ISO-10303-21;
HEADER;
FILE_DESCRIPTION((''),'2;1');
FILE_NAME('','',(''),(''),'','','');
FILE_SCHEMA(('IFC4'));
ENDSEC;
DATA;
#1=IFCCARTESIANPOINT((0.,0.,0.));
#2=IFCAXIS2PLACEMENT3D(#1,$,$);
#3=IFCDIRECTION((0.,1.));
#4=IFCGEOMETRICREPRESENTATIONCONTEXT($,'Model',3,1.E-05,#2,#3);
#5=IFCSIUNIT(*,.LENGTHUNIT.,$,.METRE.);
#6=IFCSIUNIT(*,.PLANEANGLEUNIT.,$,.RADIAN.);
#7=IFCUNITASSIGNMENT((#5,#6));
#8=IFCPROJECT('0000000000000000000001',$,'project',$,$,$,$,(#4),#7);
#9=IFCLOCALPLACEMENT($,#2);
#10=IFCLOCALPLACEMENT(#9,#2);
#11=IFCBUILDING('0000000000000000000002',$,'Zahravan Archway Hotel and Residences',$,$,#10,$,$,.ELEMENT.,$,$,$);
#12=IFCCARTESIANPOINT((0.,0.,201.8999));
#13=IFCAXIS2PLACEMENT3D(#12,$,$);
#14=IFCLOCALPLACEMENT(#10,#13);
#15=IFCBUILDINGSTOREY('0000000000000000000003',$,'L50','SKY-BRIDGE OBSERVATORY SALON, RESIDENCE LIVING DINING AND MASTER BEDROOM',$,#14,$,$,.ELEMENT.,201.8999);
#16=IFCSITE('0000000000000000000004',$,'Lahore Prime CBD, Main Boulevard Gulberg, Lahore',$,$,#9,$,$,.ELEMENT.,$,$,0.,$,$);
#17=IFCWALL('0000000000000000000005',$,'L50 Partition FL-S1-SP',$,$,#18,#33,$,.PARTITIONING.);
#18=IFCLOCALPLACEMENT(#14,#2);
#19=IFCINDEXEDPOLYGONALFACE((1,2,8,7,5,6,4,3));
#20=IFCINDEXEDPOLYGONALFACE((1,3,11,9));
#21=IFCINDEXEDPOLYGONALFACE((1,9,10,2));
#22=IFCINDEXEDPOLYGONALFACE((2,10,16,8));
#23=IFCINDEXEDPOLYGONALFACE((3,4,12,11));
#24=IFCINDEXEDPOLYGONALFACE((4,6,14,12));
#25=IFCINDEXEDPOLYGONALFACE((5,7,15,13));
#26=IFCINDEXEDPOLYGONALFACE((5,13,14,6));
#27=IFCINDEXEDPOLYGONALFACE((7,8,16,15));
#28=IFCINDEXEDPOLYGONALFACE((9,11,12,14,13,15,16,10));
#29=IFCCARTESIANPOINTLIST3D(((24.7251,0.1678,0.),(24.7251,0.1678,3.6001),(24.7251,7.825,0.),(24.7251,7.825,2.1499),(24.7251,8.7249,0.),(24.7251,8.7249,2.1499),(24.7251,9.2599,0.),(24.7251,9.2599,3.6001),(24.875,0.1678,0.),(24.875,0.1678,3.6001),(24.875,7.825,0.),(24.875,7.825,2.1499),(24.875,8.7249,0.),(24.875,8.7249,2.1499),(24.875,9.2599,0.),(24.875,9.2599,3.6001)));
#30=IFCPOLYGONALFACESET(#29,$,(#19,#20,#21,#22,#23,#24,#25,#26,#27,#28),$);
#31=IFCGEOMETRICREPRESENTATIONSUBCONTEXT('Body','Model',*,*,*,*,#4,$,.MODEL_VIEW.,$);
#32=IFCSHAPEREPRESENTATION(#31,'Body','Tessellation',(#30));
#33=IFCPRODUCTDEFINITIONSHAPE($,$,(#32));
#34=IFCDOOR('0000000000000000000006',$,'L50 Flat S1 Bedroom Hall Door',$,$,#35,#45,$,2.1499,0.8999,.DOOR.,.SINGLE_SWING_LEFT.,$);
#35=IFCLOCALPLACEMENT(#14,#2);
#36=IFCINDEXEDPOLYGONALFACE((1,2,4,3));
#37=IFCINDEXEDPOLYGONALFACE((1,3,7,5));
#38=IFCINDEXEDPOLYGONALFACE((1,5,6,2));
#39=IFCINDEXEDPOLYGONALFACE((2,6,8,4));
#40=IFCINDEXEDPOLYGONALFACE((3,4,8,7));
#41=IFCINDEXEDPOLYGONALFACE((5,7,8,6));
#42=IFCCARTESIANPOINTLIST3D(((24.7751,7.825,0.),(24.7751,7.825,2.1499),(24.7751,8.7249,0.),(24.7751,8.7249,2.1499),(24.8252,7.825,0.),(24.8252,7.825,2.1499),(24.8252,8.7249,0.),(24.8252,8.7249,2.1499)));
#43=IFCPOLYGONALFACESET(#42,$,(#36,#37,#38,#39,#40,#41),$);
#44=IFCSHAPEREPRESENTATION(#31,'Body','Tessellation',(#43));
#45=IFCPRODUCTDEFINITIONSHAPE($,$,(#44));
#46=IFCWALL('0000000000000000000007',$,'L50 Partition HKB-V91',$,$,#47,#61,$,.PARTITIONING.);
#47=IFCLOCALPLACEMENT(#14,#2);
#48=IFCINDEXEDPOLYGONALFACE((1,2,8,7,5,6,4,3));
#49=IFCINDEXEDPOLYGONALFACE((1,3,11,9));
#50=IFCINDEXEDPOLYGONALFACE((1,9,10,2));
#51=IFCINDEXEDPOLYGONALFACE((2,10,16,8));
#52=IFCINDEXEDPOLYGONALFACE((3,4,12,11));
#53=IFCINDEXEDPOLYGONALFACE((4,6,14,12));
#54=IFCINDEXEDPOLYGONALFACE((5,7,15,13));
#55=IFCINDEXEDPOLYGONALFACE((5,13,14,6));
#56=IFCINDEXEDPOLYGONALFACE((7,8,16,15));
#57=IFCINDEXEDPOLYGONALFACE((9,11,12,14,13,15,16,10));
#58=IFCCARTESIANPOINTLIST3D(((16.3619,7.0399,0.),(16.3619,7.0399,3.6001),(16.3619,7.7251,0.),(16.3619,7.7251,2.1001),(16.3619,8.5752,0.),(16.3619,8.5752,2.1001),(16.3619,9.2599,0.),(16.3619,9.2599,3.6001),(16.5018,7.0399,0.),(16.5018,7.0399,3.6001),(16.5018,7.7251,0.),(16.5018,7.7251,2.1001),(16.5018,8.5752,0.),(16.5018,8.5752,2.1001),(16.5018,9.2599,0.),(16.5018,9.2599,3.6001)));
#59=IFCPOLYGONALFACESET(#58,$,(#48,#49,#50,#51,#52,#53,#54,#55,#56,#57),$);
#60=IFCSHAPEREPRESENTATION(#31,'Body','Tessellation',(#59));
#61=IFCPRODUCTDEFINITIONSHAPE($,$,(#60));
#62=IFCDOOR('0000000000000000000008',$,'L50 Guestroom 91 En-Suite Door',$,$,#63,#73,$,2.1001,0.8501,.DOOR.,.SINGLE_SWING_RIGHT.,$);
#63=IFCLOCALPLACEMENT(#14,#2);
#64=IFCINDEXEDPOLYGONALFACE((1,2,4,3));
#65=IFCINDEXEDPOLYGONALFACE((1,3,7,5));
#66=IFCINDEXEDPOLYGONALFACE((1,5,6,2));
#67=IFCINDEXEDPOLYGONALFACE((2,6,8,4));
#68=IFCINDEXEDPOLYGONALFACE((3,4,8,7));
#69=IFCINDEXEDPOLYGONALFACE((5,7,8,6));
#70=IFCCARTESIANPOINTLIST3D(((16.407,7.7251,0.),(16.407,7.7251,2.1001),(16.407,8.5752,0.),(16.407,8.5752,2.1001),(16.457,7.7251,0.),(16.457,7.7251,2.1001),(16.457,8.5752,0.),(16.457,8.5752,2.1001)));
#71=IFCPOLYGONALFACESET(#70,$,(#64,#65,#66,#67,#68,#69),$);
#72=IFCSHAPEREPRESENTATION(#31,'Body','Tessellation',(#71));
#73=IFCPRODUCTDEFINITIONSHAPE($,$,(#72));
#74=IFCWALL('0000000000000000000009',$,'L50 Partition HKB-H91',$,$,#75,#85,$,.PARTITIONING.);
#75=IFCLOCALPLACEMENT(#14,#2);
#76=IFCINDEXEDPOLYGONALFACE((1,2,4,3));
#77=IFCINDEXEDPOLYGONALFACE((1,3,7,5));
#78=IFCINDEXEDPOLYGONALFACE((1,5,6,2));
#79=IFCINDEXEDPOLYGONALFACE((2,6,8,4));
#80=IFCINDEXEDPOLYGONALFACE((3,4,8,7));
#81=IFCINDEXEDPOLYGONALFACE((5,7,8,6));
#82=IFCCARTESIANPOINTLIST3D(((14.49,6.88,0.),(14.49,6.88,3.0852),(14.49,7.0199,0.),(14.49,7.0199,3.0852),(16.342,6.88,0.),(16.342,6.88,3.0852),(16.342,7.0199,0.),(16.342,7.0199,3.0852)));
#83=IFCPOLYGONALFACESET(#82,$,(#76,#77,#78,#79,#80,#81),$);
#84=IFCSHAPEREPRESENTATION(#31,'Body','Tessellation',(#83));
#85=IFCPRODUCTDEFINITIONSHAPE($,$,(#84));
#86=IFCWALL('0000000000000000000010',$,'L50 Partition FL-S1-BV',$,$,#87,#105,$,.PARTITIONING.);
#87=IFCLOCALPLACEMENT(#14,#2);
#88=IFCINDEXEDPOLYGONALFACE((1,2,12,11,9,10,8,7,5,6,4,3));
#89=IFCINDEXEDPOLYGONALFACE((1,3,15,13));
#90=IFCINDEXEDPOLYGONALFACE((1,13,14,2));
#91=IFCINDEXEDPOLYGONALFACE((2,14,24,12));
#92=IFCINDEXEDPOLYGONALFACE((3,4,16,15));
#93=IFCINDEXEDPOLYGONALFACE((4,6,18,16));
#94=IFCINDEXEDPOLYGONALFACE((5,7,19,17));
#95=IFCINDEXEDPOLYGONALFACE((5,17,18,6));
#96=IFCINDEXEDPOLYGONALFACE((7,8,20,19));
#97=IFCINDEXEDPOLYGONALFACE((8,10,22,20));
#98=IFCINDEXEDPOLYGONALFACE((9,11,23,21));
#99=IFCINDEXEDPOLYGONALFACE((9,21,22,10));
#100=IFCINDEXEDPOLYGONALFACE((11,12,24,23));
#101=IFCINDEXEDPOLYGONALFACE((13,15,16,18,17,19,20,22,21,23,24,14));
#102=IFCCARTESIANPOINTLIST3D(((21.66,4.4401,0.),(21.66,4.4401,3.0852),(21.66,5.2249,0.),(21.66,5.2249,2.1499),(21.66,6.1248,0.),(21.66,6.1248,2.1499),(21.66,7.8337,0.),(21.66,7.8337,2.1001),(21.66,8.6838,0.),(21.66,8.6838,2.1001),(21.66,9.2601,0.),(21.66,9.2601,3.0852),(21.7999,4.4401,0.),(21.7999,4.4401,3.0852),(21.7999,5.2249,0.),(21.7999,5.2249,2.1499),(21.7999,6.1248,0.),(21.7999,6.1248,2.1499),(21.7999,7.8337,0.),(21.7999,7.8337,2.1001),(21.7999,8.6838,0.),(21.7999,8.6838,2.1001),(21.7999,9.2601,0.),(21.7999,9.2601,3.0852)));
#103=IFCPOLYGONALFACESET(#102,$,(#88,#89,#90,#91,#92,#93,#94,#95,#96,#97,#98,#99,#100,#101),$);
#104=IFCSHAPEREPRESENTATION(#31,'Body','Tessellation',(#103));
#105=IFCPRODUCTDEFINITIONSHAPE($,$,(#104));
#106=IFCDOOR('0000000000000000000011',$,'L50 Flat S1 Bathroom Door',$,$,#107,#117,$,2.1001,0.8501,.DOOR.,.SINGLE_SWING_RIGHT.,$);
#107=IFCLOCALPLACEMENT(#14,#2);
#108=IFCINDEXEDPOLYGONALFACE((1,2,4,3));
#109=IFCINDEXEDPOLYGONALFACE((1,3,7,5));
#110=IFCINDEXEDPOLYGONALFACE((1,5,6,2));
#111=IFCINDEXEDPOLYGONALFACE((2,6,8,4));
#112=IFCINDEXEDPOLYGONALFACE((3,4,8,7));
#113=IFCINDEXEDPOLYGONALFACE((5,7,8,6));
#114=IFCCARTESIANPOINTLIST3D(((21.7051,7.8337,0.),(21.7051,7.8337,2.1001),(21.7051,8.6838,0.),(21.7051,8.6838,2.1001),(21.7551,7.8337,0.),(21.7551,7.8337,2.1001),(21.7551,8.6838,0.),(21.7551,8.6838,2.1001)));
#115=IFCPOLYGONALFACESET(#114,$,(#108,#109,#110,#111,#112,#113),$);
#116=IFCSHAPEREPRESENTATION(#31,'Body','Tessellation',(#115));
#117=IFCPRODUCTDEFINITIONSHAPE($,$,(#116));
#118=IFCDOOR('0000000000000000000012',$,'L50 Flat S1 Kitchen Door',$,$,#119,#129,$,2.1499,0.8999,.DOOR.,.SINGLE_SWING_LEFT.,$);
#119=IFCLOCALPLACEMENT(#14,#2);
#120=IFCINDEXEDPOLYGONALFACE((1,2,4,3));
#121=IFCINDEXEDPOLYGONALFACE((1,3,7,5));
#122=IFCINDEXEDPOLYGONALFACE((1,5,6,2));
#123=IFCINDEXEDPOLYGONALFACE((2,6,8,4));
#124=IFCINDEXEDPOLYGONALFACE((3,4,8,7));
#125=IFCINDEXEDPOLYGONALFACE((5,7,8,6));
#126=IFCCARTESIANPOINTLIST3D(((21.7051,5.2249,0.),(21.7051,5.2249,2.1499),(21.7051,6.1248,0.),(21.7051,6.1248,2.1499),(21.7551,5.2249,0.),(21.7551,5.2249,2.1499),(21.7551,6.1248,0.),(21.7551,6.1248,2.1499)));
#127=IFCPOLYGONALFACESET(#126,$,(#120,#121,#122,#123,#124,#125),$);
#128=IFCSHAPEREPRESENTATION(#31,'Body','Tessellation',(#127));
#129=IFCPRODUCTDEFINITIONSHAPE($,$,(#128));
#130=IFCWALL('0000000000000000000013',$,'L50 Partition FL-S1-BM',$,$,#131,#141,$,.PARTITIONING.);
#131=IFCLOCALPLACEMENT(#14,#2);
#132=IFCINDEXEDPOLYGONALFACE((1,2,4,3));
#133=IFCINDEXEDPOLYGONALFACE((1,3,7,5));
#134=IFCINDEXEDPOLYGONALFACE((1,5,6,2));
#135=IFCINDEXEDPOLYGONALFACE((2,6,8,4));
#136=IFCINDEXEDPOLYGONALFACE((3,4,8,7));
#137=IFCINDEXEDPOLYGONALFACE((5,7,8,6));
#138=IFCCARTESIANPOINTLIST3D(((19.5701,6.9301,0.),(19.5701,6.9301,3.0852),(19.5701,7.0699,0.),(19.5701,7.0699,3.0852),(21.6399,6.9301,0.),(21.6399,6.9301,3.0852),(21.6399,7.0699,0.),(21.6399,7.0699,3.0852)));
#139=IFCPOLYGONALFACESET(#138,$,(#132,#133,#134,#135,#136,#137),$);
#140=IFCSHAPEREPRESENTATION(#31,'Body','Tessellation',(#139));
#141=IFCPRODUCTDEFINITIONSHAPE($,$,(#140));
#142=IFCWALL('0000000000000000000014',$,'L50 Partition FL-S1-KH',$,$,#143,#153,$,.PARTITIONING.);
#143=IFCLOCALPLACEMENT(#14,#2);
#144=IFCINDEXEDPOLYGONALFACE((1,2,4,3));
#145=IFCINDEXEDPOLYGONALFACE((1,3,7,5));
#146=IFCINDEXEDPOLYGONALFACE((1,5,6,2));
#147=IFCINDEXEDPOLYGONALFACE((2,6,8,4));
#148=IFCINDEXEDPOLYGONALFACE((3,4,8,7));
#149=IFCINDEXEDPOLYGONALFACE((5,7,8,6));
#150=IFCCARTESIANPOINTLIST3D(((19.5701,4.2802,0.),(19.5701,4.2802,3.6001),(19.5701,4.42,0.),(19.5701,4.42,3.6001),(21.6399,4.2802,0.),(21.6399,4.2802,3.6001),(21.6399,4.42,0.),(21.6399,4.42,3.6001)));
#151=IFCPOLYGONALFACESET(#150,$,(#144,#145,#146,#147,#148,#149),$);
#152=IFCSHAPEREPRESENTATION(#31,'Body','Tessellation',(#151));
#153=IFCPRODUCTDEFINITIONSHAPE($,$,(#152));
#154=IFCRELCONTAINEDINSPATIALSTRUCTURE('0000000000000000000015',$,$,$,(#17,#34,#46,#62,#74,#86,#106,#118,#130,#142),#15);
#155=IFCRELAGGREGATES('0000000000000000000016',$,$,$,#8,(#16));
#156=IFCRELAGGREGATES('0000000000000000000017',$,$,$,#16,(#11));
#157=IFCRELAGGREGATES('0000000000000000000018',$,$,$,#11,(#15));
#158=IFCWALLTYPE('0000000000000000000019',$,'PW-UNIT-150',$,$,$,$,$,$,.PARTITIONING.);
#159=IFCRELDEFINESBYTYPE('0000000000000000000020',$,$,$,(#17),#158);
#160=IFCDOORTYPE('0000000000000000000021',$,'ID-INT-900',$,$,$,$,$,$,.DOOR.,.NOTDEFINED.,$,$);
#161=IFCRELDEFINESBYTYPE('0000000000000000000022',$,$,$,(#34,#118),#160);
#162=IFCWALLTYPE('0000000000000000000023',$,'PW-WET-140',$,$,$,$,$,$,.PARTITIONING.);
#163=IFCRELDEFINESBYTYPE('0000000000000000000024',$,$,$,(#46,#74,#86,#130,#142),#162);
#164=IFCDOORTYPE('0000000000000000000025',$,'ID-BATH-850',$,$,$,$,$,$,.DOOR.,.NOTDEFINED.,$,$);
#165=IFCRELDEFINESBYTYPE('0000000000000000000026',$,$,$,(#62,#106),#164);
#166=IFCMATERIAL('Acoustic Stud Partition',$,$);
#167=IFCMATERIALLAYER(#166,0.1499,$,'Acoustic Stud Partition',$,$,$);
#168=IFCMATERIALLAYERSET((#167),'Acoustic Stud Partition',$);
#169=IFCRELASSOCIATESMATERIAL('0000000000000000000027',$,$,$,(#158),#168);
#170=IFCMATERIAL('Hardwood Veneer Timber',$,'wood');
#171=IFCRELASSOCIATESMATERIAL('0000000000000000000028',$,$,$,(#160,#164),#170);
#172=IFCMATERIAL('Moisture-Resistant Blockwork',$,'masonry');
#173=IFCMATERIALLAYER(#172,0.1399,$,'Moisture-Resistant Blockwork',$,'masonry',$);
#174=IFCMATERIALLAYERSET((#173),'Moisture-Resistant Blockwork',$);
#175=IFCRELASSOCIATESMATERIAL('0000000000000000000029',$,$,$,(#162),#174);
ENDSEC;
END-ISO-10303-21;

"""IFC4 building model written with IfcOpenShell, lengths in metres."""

from ifc_helpers import new_model, si_unit, direction, frame, frame_2d, origin, place, context, subcontext, project, spatial, rectangle, extrude, source, transform, mapped, material, layer, layer_set, type_object, type_shapes, element, fill, save


model = new_model("IFC4")

# Units and contexts
model_context = context("Model", 3, precision=1e-05, world=origin(), true_north=direction((0.0, 1.0)))
body_context = subcontext(model_context, "Body", "Model", "MODEL_VIEW")
ifc_project = project(units=[si_unit("LENGTHUNIT", "METRE"), si_unit("PLANEANGLEUNIT", "RADIAN")], contexts=[model_context])

# Site, building, storey
site_placement = place(None, origin())
site = spatial("IfcSite", under=ifc_project, at=site_placement, Name="Lahore Prime CBD, Main Boulevard Gulberg, Lahore", CompositionType="ELEMENT", RefElevation=0.0)
building_placement = place(site_placement, origin())
building = spatial("IfcBuilding", under=site, at=building_placement, Name="Zahravan Archway Hotel and Residences", CompositionType="ELEMENT")
storey_placement = place(building_placement, frame((0.0, 0.0, 201.8999)))
storey = spatial("IfcBuildingStorey", under=building, at=storey_placement, Name="L50", Description="SKY-BRIDGE OBSERVATORY SALON, RESIDENCE LIVING DINING AND MASTER BEDROOM", CompositionType="ELEMENT", Elevation=201.8999)

# Shared definitions
ifc_material_1 = material(Name="Hardwood Veneer Timber", Category="wood")

# Walls, openings, doors
ifc_material_2 = material(Name="Acoustic Stud Partition")
ifc_layer_1 = layer(ifc_material_2, 0.1499, Name="Acoustic Stud Partition")
ifc_layer_set_1 = layer_set([ifc_layer_1], Name="Acoustic Stud Partition")
wall_type_1 = type_object("IfcWallType", Name="PW-UNIT-150", PredefinedType="PARTITIONING", material=ifc_layer_set_1)
wall_1_placement = place(storey_placement, frame((24.8, 0.168, 0.0), z_axis=(0.0, 0.0, 1.0), x_axis=(0.0, 1.0, 0.0)))
wall_1 = element("IfcWall", 1, at=wall_1_placement, inside=storey, type_object=wall_type_1, Name="L50 Partition FL-S1-SP", PredefinedType="PARTITIONING", context=body_context, shape_type="SweptSolid", body=[
    extrude(rectangle(XDim=9.092, YDim=0.1499, at=frame_2d((4.5459, 0.0))), origin(), (0.0, 0.0, 1.0), 3.6001),
])
opening_1_placement = place(wall_1_placement, frame((7.657, 0.0, 0.0)))
opening_1 = element("IfcOpeningElement", 2, at=opening_1_placement, cuts=wall_1, PredefinedType="OPENING", context=body_context, shape_type="SweptSolid", body=[
    extrude(rectangle(XDim=0.8999, YDim=2.1499, at=frame_2d((0.45, 1.075))), frame((0.0, 0.085, 0.0), z_axis=(0.0, -1.0, 0.0), x_axis=(1.0, 0.0, 0.0)), (0.0, 0.0, 1.0), 0.1699),
])
door_type_1 = type_object("IfcDoorType", Name="ID-INT-900", OperationType="NOTDEFINED", PredefinedType="DOOR", material=ifc_material_1)
shared_shape_1 = source(origin(), body_context, "Body", "SweptSolid", [
    extrude(rectangle(XDim=0.8999, YDim=2.1499, at=frame_2d((0.45, 1.075))), frame((0.0, 0.0249, 0.0), z_axis=(0.0, -1.0, 0.0), x_axis=(1.0, 0.0, 0.0)), (0.0, 0.0, 1.0), 0.05),
])
type_shapes(door_type_1, [shared_shape_1])
door_1_placement = place(opening_1_placement, origin())
door_1 = element("IfcDoor", 3, at=door_1_placement, inside=storey, type_object=door_type_1, Name="L50 Flat S1 Bedroom Hall Door", OperationType="SINGLE_SWING_LEFT", OverallHeight=2.1499, OverallWidth=0.8999, PredefinedType="DOOR", context=body_context, shape_type="MappedRepresentation", body=[
    mapped(shared_shape_1, transform((0.0, 0.0, 0.0), scale=1.0)),
])
fill(opening_1, door_1)
ifc_material_3 = material(Name="Moisture-Resistant Blockwork", Category="masonry")
ifc_layer_2 = layer(ifc_material_3, 0.1399, Name="Moisture-Resistant Blockwork", Category="masonry")
ifc_layer_set_2 = layer_set([ifc_layer_2], Name="Moisture-Resistant Blockwork")
wall_type_2 = type_object("IfcWallType", Name="PW-WET-140", PredefinedType="PARTITIONING", material=ifc_layer_set_2)
wall_2_placement = place(storey_placement, frame((16.4319, 7.04, 0.0), z_axis=(0.0, 0.0, 1.0), x_axis=(0.0, 1.0, 0.0)))
wall_2 = element("IfcWall", 4, at=wall_2_placement, inside=storey, type_object=wall_type_2, Name="L50 Partition HKB-V91", PredefinedType="PARTITIONING", context=body_context, shape_type="SweptSolid", body=[
    extrude(rectangle(XDim=2.22, YDim=0.1399, at=frame_2d((1.1099, 0.0))), origin(), (0.0, 0.0, 1.0), 3.6001),
])
opening_2_placement = place(wall_2_placement, frame((0.6851, 0.0, 0.0)))
opening_2 = element("IfcOpeningElement", 5, at=opening_2_placement, cuts=wall_2, PredefinedType="OPENING", context=body_context, shape_type="SweptSolid", body=[
    extrude(rectangle(XDim=0.8501, YDim=2.1001, at=frame_2d((0.425, 1.05))), frame((0.0, 0.0801, 0.0), z_axis=(0.0, -1.0, 0.0), x_axis=(1.0, 0.0, 0.0)), (0.0, 0.0, 1.0), 0.1599),
])
door_type_2 = type_object("IfcDoorType", Name="ID-BATH-850", OperationType="NOTDEFINED", PredefinedType="DOOR", material=ifc_material_1)
shared_shape_2 = source(origin(), body_context, "Body", "SweptSolid", [
    extrude(rectangle(XDim=0.8501, YDim=2.1001, at=frame_2d((0.425, 1.05))), frame((0.0, 0.0249, 0.0), z_axis=(0.0, -1.0, 0.0), x_axis=(1.0, 0.0, 0.0)), (0.0, 0.0, 1.0), 0.05),
])
type_shapes(door_type_2, [shared_shape_2])
door_2_placement = place(opening_2_placement, origin())
door_2 = element("IfcDoor", 6, at=door_2_placement, inside=storey, type_object=door_type_2, Name="L50 Guestroom 91 En-Suite Door", OperationType="SINGLE_SWING_RIGHT", OverallHeight=2.1001, OverallWidth=0.8501, PredefinedType="DOOR", context=body_context, shape_type="MappedRepresentation", body=[
    mapped(shared_shape_2, transform((0.0, 0.0, 0.0), scale=1.0)),
])
fill(opening_2, door_2)

# Wall
wall_3_placement = place(storey_placement, frame((14.49, 6.95, 0.0), z_axis=(0.0, 0.0, 1.0), x_axis=(1.0, 0.0, 0.0)))
element("IfcWall", 7, at=wall_3_placement, inside=storey, type_object=wall_type_2, Name="L50 Partition HKB-H91", PredefinedType="PARTITIONING", context=body_context, shape_type="SweptSolid", body=[
    extrude(rectangle(XDim=1.8521, YDim=0.1399, at=frame_2d((0.926, 0.0))), origin(), (0.0, 0.0, 1.0), 3.0852),
])

# Wall, openings, doors
wall_4_placement = place(storey_placement, frame((21.73, 4.4399, 0.0), z_axis=(0.0, 0.0, 1.0), x_axis=(0.0, 1.0, 0.0)))
wall_4 = element("IfcWall", 8, at=wall_4_placement, inside=storey, type_object=wall_type_2, Name="L50 Partition FL-S1-BV", PredefinedType="PARTITIONING", context=body_context, shape_type="SweptSolid", body=[
    extrude(rectangle(XDim=4.8201, YDim=0.1399, at=frame_2d((2.4102, 0.0))), origin(), (0.0, 0.0, 1.0), 3.0852),
])
opening_3_placement = place(wall_4_placement, frame((0.7849, 0.0, 0.0)))
opening_3 = element("IfcOpeningElement", 9, at=opening_3_placement, cuts=wall_4, PredefinedType="OPENING", context=body_context, shape_type="SweptSolid", body=[
    extrude(rectangle(XDim=0.8999, YDim=2.1499, at=frame_2d((0.45, 1.075))), frame((0.0, 0.0801, 0.0), z_axis=(0.0, -1.0, 0.0), x_axis=(1.0, 0.0, 0.0)), (0.0, 0.0, 1.0), 0.1599),
])
opening_4_placement = place(wall_4_placement, frame((3.3938, 0.0, 0.0)))
opening_4 = element("IfcOpeningElement", 10, at=opening_4_placement, cuts=wall_4, PredefinedType="OPENING", context=body_context, shape_type="SweptSolid", body=[
    extrude(rectangle(XDim=0.8501, YDim=2.1001, at=frame_2d((0.425, 1.05))), frame((0.0, 0.0801, 0.0), z_axis=(0.0, -1.0, 0.0), x_axis=(1.0, 0.0, 0.0)), (0.0, 0.0, 1.0), 0.1599),
])
door_3_placement = place(opening_4_placement, origin())
door_3 = element("IfcDoor", 11, at=door_3_placement, inside=storey, type_object=door_type_2, Name="L50 Flat S1 Bathroom Door", OperationType="SINGLE_SWING_RIGHT", OverallHeight=2.1001, OverallWidth=0.8501, PredefinedType="DOOR", context=body_context, shape_type="MappedRepresentation", body=[
    mapped(shared_shape_2, transform((0.0, 0.0, 0.0), scale=1.0)),
])
fill(opening_4, door_3)
door_4_placement = place(opening_3_placement, origin())
door_4 = element("IfcDoor", 12, at=door_4_placement, inside=storey, type_object=door_type_1, Name="L50 Flat S1 Kitchen Door", OperationType="SINGLE_SWING_LEFT", OverallHeight=2.1499, OverallWidth=0.8999, PredefinedType="DOOR", context=body_context, shape_type="MappedRepresentation", body=[
    mapped(shared_shape_1, transform((0.0, 0.0, 0.0), scale=1.0)),
])
fill(opening_3, door_4)

# Walls
wall_5_placement = place(storey_placement, frame((19.5701, 7.0, 0.0), z_axis=(0.0, 0.0, 1.0), x_axis=(1.0, 0.0, 0.0)))
element("IfcWall", 13, at=wall_5_placement, inside=storey, type_object=wall_type_2, Name="L50 Partition FL-S1-BM", PredefinedType="PARTITIONING", context=body_context, shape_type="SweptSolid", body=[
    extrude(rectangle(XDim=2.0698, YDim=0.1399, at=frame_2d((1.0349, 0.0))), origin(), (0.0, 0.0, 1.0), 3.0852),
])
wall_6_placement = place(storey_placement, frame((19.5701, 4.3501, 0.0), z_axis=(0.0, 0.0, 1.0), x_axis=(1.0, 0.0, 0.0)))
element("IfcWall", 14, at=wall_6_placement, inside=storey, type_object=wall_type_2, Name="L50 Partition FL-S1-KH", PredefinedType="PARTITIONING", context=body_context, shape_type="SweptSolid", body=[
    extrude(rectangle(XDim=2.0698, YDim=0.1399, at=frame_2d((1.0349, 0.0))), origin(), (0.0, 0.0, 1.0), 3.6001),
])

save(model, "model.ifc")
